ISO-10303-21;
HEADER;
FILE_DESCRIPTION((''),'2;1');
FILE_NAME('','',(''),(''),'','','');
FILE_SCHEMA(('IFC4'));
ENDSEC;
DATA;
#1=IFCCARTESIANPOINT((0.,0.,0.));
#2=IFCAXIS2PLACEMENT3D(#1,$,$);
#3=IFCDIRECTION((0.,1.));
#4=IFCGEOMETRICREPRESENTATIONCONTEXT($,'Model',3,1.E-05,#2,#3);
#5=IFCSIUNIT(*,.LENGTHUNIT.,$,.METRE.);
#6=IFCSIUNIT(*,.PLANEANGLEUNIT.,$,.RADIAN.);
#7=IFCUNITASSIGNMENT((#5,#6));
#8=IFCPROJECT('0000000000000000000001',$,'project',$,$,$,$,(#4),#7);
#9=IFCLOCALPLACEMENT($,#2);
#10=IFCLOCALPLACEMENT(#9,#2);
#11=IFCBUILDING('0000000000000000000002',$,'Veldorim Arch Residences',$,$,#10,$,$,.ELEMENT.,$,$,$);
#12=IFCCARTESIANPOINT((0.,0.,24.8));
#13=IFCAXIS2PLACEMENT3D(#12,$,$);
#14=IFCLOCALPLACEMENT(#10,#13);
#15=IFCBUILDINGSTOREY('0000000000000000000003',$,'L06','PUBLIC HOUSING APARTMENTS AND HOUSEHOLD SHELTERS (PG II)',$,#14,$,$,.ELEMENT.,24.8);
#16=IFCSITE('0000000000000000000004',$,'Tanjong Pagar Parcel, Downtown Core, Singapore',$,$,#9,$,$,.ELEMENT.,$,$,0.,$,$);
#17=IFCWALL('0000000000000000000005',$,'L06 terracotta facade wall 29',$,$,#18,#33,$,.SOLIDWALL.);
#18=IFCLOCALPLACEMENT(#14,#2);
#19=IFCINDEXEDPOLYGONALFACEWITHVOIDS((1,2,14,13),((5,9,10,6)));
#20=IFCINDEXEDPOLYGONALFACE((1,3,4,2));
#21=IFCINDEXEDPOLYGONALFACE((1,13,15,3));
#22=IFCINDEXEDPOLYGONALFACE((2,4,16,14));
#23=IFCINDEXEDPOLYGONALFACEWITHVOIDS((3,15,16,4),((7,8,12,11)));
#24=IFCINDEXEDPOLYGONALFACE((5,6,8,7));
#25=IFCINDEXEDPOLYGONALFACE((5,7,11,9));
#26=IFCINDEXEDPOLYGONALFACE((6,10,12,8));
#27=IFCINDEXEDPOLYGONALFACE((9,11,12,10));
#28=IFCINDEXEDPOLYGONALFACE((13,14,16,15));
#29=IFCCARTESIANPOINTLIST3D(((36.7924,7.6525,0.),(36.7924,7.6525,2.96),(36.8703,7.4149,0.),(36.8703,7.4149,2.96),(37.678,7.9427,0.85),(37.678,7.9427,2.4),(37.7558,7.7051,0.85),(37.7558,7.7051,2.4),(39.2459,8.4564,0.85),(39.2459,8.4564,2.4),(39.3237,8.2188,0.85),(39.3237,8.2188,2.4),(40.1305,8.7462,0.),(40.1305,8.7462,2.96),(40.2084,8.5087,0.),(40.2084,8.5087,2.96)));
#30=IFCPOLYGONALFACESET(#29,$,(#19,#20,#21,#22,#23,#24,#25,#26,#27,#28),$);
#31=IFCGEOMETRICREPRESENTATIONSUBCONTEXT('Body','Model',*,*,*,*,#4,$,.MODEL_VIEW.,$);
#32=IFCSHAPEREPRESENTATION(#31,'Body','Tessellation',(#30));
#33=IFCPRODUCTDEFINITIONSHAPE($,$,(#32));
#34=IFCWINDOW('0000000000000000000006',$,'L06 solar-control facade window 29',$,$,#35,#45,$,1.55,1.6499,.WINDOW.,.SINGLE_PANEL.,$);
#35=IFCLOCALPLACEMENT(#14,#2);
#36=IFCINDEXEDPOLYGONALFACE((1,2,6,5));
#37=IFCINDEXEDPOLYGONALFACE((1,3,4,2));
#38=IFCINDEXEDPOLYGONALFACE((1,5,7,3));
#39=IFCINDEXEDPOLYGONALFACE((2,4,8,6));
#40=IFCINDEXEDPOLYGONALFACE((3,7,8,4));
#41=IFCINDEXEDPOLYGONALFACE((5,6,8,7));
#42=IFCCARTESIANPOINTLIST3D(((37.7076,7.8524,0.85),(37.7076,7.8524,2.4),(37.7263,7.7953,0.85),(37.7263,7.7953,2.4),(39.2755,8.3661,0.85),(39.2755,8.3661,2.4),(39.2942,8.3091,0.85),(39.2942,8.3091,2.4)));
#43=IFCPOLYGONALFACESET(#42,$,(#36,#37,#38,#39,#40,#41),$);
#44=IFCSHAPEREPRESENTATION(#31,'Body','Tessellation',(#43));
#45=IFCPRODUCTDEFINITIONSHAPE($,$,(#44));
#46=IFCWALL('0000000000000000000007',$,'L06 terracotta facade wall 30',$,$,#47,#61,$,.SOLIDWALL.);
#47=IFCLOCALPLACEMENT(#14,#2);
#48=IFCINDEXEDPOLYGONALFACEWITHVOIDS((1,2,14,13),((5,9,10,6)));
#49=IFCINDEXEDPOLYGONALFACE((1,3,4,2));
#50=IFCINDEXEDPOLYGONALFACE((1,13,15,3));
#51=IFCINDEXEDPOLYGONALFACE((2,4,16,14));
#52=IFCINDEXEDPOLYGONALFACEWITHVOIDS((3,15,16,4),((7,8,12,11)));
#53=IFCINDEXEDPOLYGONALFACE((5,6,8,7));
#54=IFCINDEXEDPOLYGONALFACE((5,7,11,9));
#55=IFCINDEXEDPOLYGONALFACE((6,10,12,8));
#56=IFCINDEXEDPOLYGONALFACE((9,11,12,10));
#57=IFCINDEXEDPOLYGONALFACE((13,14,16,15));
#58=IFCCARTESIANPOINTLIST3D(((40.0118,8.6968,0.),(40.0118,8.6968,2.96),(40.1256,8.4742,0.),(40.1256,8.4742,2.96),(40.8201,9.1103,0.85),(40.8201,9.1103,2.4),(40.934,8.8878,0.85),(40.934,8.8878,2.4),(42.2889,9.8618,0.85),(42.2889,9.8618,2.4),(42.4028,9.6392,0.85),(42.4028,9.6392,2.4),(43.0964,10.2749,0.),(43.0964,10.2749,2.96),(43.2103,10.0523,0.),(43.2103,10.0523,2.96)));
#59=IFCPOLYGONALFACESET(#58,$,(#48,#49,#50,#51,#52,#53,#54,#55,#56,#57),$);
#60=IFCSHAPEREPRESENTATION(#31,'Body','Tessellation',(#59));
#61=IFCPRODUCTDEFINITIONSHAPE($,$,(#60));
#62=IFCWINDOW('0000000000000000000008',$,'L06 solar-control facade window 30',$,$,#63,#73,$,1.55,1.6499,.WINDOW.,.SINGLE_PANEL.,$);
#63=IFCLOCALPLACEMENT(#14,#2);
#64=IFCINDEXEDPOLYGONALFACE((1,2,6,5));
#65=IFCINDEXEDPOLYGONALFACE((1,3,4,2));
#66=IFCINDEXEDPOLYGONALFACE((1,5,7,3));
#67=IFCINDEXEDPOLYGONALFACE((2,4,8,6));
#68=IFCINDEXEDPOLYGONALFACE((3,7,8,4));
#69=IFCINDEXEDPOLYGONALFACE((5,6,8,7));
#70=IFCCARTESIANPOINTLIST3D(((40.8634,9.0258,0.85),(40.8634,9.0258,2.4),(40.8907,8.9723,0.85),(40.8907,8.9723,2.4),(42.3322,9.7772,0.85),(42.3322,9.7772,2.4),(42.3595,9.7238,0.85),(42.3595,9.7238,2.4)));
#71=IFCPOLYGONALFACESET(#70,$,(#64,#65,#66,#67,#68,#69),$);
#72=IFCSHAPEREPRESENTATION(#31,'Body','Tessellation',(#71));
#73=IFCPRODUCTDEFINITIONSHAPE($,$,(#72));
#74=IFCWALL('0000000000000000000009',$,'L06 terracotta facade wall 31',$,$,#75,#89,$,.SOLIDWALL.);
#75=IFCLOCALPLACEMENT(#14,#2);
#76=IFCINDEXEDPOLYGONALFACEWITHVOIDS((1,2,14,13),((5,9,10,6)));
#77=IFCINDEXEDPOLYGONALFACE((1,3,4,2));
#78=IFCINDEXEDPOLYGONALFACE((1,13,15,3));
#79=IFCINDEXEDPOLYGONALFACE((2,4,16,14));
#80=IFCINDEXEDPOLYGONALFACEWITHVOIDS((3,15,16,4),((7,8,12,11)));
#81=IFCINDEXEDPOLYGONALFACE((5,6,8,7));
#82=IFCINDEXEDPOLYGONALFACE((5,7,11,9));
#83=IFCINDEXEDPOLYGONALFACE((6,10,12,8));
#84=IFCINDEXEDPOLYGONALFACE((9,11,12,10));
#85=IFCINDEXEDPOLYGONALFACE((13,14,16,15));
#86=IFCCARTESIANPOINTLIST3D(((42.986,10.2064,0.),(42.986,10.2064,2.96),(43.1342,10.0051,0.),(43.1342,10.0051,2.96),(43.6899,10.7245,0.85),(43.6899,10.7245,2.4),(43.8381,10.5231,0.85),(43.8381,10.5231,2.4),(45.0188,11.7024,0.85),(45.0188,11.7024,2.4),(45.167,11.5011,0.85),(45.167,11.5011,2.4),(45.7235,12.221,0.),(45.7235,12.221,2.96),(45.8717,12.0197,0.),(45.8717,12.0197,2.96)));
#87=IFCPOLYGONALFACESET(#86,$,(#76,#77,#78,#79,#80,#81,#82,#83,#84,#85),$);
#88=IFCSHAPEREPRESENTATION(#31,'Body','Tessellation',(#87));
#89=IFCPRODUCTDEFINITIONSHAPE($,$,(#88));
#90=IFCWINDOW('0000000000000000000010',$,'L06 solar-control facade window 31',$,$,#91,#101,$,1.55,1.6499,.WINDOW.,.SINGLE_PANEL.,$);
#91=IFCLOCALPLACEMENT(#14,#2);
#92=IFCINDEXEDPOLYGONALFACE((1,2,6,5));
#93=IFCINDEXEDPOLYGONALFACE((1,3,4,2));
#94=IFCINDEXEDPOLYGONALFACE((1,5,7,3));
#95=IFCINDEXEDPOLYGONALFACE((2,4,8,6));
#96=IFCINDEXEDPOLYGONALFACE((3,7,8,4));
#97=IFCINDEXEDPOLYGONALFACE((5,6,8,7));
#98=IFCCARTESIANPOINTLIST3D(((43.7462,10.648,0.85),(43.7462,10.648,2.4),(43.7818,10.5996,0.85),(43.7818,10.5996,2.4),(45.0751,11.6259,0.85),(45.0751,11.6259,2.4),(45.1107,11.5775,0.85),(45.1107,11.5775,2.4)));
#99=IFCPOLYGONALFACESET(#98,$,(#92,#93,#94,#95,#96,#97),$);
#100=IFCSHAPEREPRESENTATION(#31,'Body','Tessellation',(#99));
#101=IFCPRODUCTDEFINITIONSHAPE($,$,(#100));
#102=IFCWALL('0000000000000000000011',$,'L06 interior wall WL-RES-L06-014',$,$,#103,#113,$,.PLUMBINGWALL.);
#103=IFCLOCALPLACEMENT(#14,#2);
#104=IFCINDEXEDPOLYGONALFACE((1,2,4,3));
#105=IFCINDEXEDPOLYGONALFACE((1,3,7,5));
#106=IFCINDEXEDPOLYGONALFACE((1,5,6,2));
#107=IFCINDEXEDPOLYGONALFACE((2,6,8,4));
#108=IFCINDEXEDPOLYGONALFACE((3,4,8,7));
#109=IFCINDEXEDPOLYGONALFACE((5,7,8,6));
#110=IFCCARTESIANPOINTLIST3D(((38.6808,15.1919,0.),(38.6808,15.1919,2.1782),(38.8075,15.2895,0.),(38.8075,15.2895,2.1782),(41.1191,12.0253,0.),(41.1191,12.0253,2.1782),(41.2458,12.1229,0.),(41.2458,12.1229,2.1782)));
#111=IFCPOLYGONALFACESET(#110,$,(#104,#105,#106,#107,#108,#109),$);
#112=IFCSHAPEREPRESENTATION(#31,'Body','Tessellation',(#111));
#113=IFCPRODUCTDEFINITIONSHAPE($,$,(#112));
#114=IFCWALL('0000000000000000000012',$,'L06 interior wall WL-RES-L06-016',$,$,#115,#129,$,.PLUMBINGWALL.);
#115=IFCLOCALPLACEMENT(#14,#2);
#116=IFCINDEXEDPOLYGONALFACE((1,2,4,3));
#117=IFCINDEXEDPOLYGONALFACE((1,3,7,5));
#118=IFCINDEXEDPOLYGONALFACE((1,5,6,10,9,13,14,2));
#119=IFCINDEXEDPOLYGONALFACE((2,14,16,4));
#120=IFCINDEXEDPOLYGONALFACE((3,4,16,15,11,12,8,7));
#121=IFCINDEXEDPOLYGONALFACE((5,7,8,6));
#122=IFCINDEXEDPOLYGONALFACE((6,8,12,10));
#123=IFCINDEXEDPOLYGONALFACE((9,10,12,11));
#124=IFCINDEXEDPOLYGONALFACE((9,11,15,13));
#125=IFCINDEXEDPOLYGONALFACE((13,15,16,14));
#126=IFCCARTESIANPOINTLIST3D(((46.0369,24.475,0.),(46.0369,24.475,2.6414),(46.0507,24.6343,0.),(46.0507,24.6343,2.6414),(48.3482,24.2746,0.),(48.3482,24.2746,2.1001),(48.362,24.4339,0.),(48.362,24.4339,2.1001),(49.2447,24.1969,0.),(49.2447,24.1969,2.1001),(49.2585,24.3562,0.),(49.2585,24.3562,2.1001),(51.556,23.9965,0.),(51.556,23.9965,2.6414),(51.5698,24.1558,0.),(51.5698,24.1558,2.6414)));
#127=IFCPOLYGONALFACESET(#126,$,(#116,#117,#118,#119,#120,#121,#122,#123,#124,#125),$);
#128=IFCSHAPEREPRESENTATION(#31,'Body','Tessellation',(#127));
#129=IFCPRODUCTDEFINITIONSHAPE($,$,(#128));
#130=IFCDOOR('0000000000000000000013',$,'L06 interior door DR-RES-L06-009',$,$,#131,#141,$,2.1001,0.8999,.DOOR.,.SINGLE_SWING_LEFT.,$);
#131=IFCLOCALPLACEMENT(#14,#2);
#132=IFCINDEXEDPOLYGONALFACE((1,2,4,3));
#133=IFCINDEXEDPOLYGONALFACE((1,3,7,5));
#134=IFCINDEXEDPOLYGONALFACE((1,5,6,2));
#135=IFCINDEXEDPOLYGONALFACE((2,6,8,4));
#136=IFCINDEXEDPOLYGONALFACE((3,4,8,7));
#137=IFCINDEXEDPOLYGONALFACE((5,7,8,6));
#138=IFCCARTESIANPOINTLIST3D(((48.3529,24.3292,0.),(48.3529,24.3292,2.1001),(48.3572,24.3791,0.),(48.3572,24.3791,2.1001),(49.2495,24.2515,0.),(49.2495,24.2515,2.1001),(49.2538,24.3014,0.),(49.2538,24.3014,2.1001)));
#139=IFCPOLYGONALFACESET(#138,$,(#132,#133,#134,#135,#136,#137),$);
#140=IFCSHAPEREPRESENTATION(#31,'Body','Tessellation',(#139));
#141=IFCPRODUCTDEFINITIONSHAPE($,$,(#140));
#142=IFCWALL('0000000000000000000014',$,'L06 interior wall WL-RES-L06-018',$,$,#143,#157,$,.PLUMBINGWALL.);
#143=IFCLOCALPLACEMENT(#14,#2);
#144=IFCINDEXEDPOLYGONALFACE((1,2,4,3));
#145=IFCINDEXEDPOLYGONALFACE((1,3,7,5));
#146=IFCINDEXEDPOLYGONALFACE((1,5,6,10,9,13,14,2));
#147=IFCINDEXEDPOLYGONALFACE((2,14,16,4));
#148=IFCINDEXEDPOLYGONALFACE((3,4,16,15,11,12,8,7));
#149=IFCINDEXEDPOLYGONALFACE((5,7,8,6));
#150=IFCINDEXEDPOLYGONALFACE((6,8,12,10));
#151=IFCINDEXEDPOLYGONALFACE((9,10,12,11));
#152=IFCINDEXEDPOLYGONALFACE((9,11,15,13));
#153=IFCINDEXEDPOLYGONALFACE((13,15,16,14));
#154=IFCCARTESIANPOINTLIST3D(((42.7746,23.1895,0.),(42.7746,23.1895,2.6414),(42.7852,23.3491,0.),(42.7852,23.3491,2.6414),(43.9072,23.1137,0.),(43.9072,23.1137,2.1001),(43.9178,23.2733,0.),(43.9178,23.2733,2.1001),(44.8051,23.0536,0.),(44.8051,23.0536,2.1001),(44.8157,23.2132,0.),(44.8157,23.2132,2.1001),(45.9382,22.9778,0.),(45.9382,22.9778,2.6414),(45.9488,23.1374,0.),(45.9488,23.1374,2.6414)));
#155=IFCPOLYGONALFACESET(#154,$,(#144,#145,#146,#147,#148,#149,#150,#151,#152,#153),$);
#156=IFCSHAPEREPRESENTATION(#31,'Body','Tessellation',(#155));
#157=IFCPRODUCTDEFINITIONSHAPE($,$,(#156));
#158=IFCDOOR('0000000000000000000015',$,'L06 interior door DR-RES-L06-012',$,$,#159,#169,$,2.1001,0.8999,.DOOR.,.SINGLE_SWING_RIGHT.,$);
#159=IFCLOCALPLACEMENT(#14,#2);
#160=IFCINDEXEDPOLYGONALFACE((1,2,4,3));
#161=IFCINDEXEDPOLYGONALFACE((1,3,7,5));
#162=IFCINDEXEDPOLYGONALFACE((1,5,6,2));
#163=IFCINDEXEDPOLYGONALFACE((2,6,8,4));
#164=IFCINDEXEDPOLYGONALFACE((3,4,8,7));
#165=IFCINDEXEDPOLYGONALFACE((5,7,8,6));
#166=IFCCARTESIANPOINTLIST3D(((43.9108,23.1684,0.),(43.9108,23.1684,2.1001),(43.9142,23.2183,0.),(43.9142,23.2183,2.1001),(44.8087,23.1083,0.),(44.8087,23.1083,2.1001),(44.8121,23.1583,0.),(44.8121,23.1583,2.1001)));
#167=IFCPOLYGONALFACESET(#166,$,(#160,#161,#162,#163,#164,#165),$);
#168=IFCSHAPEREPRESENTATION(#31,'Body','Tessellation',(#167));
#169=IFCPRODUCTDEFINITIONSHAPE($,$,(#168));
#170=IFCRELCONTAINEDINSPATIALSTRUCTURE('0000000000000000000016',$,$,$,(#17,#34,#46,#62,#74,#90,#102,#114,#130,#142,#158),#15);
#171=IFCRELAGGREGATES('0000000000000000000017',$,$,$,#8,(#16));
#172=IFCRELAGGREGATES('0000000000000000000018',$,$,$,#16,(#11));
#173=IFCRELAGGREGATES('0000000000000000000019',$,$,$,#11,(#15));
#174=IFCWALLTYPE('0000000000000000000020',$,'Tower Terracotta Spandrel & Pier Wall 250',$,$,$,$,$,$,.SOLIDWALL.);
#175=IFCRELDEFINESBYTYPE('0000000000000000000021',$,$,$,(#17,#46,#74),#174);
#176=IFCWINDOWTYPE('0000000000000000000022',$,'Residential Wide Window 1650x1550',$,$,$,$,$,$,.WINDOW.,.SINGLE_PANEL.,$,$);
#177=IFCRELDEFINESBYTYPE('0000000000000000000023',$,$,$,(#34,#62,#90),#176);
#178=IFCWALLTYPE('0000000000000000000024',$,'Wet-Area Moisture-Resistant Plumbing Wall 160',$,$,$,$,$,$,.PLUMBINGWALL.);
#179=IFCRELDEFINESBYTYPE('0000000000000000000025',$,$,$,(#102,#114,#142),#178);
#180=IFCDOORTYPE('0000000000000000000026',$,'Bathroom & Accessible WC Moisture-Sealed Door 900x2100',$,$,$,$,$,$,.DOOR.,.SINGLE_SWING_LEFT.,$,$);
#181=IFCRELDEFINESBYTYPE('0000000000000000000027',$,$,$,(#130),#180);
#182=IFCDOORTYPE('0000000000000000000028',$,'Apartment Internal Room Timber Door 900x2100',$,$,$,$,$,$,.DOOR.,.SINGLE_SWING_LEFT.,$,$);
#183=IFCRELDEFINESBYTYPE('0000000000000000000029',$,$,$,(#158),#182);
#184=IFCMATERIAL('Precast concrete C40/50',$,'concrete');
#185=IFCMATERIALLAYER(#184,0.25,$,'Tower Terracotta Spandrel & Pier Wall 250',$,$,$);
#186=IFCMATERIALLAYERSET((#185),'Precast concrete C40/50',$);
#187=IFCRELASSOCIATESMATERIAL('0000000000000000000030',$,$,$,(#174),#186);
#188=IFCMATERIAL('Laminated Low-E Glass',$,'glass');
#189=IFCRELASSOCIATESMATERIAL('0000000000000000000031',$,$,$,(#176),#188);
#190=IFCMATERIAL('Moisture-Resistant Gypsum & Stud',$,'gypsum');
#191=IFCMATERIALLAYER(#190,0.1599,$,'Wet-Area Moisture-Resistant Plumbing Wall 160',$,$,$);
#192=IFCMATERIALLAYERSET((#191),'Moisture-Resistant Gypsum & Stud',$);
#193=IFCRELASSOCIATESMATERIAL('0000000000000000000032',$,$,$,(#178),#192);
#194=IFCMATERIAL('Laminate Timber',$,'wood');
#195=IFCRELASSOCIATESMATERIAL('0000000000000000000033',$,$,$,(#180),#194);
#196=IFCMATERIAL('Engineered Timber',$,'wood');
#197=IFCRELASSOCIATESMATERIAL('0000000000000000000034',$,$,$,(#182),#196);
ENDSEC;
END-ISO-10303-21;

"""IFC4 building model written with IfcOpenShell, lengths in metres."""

from ifc_helpers import new_model, si_unit, direction, frame, frame_2d, origin, place, context, subcontext, project, spatial, rectangle, extrude, material, layer, layer_set, type_object, element, fill, save


model = new_model("IFC4")

# Units and contexts
model_context = context("Model", 3, precision=1e-05, world=origin(), true_north=direction((0.0, 1.0)))
body_context = subcontext(model_context, "Body", "Model", "MODEL_VIEW")
ifc_project = project(units=[si_unit("LENGTHUNIT", "METRE"), si_unit("PLANEANGLEUNIT", "RADIAN")], contexts=[model_context])

# Site, building, storey
site_placement = place(None, origin())
site = spatial("IfcSite", under=ifc_project, at=site_placement, Name="Tanjong Pagar Parcel, Downtown Core, Singapore", CompositionType="ELEMENT", RefElevation=0.0)
building_placement = place(site_placement, origin())
building = spatial("IfcBuilding", under=site, at=building_placement, Name="Veldorim Arch Residences", CompositionType="ELEMENT")
storey_placement = place(building_placement, frame((0.0, 0.0, 24.8)))
storey = spatial("IfcBuildingStorey", under=building, at=storey_placement, Name="L06", Description="PUBLIC HOUSING APARTMENTS AND HOUSEHOLD SHELTERS (PG II)", CompositionType="ELEMENT", Elevation=24.8)

# Walls, openings, windows
ifc_material_1 = material(Name="Precast concrete C40/50", Category="concrete")
ifc_layer_1 = layer(ifc_material_1, 0.25, Name="Tower Terracotta Spandrel & Pier Wall 250")
ifc_layer_set_1 = layer_set([ifc_layer_1], Name="Precast concrete C40/50")
wall_type_1 = type_object("IfcWallType", Name="Tower Terracotta Spandrel & Pier Wall 250", PredefinedType="SOLIDWALL", material=ifc_layer_set_1)
wall_1_placement = place(storey_placement, frame((40.1694, 8.6274, 0.0), z_axis=(0.0, 0.0, 1.0), x_axis=(-0.95029, -0.311365, 0.0)))
wall_1 = element("IfcWall", 1, at=wall_1_placement, inside=storey, type_object=wall_type_1, Name="L06 terracotta facade wall 29", PredefinedType="SOLIDWALL", context=body_context, shape_type="SweptSolid", body=[
    extrude(rectangle(XDim=3.5127, YDim=0.25, at=frame_2d((1.7563, 0.0))), origin(), (0.0, 0.0, 1.0), 2.96),
])
opening_1_placement = place(wall_1_placement, frame((0.9309, 0.0, 0.8501)))
opening_1 = element("IfcOpeningElement", 2, at=opening_1_placement, cuts=wall_1, PredefinedType="OPENING", context=body_context, shape_type="SweptSolid", body=[
    extrude(rectangle(XDim=1.6499, YDim=1.55, at=frame_2d((0.825, 0.7749))), frame((0.0, 0.135, 0.0), z_axis=(0.0, -1.0, 0.0), x_axis=(1.0, 0.0, 0.0)), (0.0, 0.0, 1.0), 0.27),
])
ifc_material_2 = material(Name="Laminated Low-E Glass", Category="glass")
window_type = type_object("IfcWindowType", Name="Residential Wide Window 1650x1550", PartitioningType="SINGLE_PANEL", PredefinedType="WINDOW", material=ifc_material_2)
window_1_placement = place(opening_1_placement, origin())
window_1 = element("IfcWindow", 3, at=window_1_placement, inside=storey, type_object=window_type, Name="L06 solar-control facade window 29", OverallHeight=1.55, OverallWidth=1.6499, PartitioningType="SINGLE_PANEL", PredefinedType="WINDOW", context=body_context, shape_type="SweptSolid", body=[
    extrude(rectangle(XDim=1.6499, YDim=1.55, at=frame_2d((0.825, 0.7749))), frame((0.0, 0.03, 0.0), z_axis=(0.0, -1.0, 0.0), x_axis=(1.0, 0.0, 0.0)), (0.0, 0.0, 1.0), 0.0601),
])
fill(opening_1, window_1)
wall_2_placement = place(storey_placement, frame((43.1533, 10.1636, 0.0), z_axis=(0.0, 0.0, 1.0), x_axis=(-0.89026, -0.455452, 0.0)))
wall_2 = element("IfcWall", 4, at=wall_2_placement, inside=storey, type_object=wall_type_1, Name="L06 terracotta facade wall 30", PredefinedType="SOLIDWALL", context=body_context, shape_type="SweptSolid", body=[
    extrude(rectangle(XDim=3.4648, YDim=0.25, at=frame_2d((1.7324, 0.0))), origin(), (0.0, 0.0, 1.0), 2.96),
])
opening_2_placement = place(wall_2_placement, frame((0.907, 0.0, 0.8501)))
opening_2 = element("IfcOpeningElement", 5, at=opening_2_placement, cuts=wall_2, PredefinedType="OPENING", context=body_context, shape_type="SweptSolid", body=[
    extrude(rectangle(XDim=1.6499, YDim=1.55, at=frame_2d((0.825, 0.7749))), frame((0.0, 0.135, 0.0), z_axis=(0.0, -1.0, 0.0), x_axis=(1.0, 0.0, 0.0)), (0.0, 0.0, 1.0), 0.27),
])
window_2_placement = place(opening_2_placement, origin())
window_2 = element("IfcWindow", 6, at=window_2_placement, inside=storey, type_object=window_type, Name="L06 solar-control facade window 30", OverallHeight=1.55, OverallWidth=1.6499, PartitioningType="SINGLE_PANEL", PredefinedType="WINDOW", context=body_context, shape_type="SweptSolid", body=[
    extrude(rectangle(XDim=1.6499, YDim=1.55, at=frame_2d((0.825, 0.7749))), frame((0.0, 0.03, 0.0), z_axis=(0.0, -1.0, 0.0), x_axis=(1.0, 0.0, 0.0)), (0.0, 0.0, 1.0), 0.0601),
])
fill(opening_2, window_2)
wall_3_placement = place(storey_placement, frame((45.7976, 12.1204, 0.0), z_axis=(0.0, 0.0, 1.0), x_axis=(-0.805406, -0.592724, 0.0)))
wall_3 = element("IfcWall", 7, at=wall_3_placement, inside=storey, type_object=wall_type_1, Name="L06 terracotta facade wall 31", PredefinedType="SOLIDWALL", context=body_context, shape_type="SweptSolid", body=[
    extrude(rectangle(XDim=3.3989, YDim=0.25, at=frame_2d((1.6995, 0.0))), origin(), (0.0, 0.0, 1.0), 2.96),
])
opening_3_placement = place(wall_3_placement, frame((0.875, 0.0, 0.8501)))
opening_3 = element("IfcOpeningElement", 8, at=opening_3_placement, cuts=wall_3, PredefinedType="OPENING", context=body_context, shape_type="SweptSolid", body=[
    extrude(rectangle(XDim=1.6499, YDim=1.55, at=frame_2d((0.825, 0.7749))), frame((0.0, 0.135, 0.0), z_axis=(0.0, -1.0, 0.0), x_axis=(1.0, 0.0, 0.0)), (0.0, 0.0, 1.0), 0.27),
])
window_3_placement = place(opening_3_placement, origin())
window_3 = element("IfcWindow", 9, at=window_3_placement, inside=storey, type_object=window_type, Name="L06 solar-control facade window 31", OverallHeight=1.55, OverallWidth=1.6499, PartitioningType="SINGLE_PANEL", PredefinedType="WINDOW", context=body_context, shape_type="SweptSolid", body=[
    extrude(rectangle(XDim=1.6499, YDim=1.55, at=frame_2d((0.825, 0.7749))), frame((0.0, 0.03, 0.0), z_axis=(0.0, -1.0, 0.0), x_axis=(1.0, 0.0, 0.0)), (0.0, 0.0, 1.0), 0.0601),
])
fill(opening_3, window_3)

# Wall
ifc_material_3 = material(Name="Moisture-Resistant Gypsum & Stud", Category="gypsum")
ifc_layer_2 = layer(ifc_material_3, 0.1599, Name="Wet-Area Moisture-Resistant Plumbing Wall 160")
ifc_layer_set_2 = layer_set([ifc_layer_2], Name="Moisture-Resistant Gypsum & Stud")
wall_type_2 = type_object("IfcWallType", Name="Wet-Area Moisture-Resistant Plumbing Wall 160", PredefinedType="PLUMBINGWALL", material=ifc_layer_set_2)
wall_4_placement = place(storey_placement, frame((38.7441, 15.2407, 0.0), z_axis=(0.0, 0.0, 1.0), x_axis=(0.610097, -0.792326, 0.0)))
element("IfcWall", 10, at=wall_4_placement, inside=storey, type_object=wall_type_2, Name="L06 interior wall WL-RES-L06-014", PredefinedType="PLUMBINGWALL", context=body_context, shape_type="SweptSolid", body=[
    extrude(rectangle(XDim=3.9966, YDim=0.1599, at=frame_2d((1.9983, 0.0))), origin(), (0.0, 0.0, 1.0), 2.1782),
])

# Walls, openings, doors
wall_5_placement = place(storey_placement, frame((46.0437, 24.5547, 0.0), z_axis=(0.0, 0.0, 1.0), x_axis=(0.996262, -0.086379, 0.0)))
wall_5 = element("IfcWall", 11, at=wall_5_placement, inside=storey, type_object=wall_type_2, Name="L06 interior wall WL-RES-L06-016", PredefinedType="PLUMBINGWALL", context=body_context, shape_type="SweptSolid", body=[
    extrude(rectangle(XDim=5.5398, YDim=0.1599, at=frame_2d((2.77, 0.0))), origin(), (0.0, 0.0, 1.0), 2.6414),
])
opening_4_placement = place(wall_5_placement, frame((2.3201, 0.0, 0.0)))
opening_4 = element("IfcOpeningElement", 12, at=opening_4_placement, cuts=wall_5, PredefinedType="OPENING", context=body_context, shape_type="SweptSolid", body=[
    extrude(rectangle(XDim=0.8999, YDim=2.1001, at=frame_2d((0.45, 1.05))), frame((0.0, 0.0898, 0.0), z_axis=(0.0, -1.0, 0.0), x_axis=(1.0, 0.0, 0.0)), (0.0, 0.0, 1.0), 0.1799),
])
ifc_material_4 = material(Name="Laminate Timber", Category="wood")
door_type_1 = type_object("IfcDoorType", Name="Bathroom & Accessible WC Moisture-Sealed Door 900x2100", OperationType="SINGLE_SWING_LEFT", PredefinedType="DOOR", material=ifc_material_4)
door_1_placement = place(opening_4_placement, origin())
door_1 = element("IfcDoor", 13, at=door_1_placement, inside=storey, type_object=door_type_1, Name="L06 interior door DR-RES-L06-009", OperationType="SINGLE_SWING_LEFT", OverallHeight=2.1001, OverallWidth=0.8999, PredefinedType="DOOR", context=body_context, shape_type="SweptSolid", body=[
    extrude(rectangle(XDim=0.8999, YDim=2.1001, at=frame_2d((0.45, 1.05))), frame((0.0, 0.0249, 0.0), z_axis=(0.0, -1.0, 0.0), x_axis=(1.0, 0.0, 0.0)), (0.0, 0.0, 1.0), 0.05),
])
fill(opening_4, door_1)
wall_6_placement = place(storey_placement, frame((42.7798, 23.2693, 0.0), z_axis=(0.0, 0.0, 1.0), x_axis=(0.997769, -0.066759, 0.0)))
wall_6 = element("IfcWall", 14, at=wall_6_placement, inside=storey, type_object=wall_type_2, Name="L06 interior wall WL-RES-L06-018", PredefinedType="PLUMBINGWALL", context=body_context, shape_type="SweptSolid", body=[
    extrude(rectangle(XDim=3.1707, YDim=0.1599, at=frame_2d((1.5854, 0.0))), origin(), (0.0, 0.0, 1.0), 2.6414),
])
opening_5_placement = place(wall_6_placement, frame((1.1353, 0.0, 0.0)))
opening_5 = element("IfcOpeningElement", 15, at=opening_5_placement, cuts=wall_6, PredefinedType="OPENING", context=body_context, shape_type="SweptSolid", body=[
    extrude(rectangle(XDim=0.8999, YDim=2.1001, at=frame_2d((0.45, 1.05))), frame((0.0, 0.0898, 0.0), z_axis=(0.0, -1.0, 0.0), x_axis=(1.0, 0.0, 0.0)), (0.0, 0.0, 1.0), 0.1799),
])
ifc_material_5 = material(Name="Engineered Timber", Category="wood")
door_type_2 = type_object("IfcDoorType", Name="Apartment Internal Room Timber Door 900x2100", OperationType="SINGLE_SWING_LEFT", PredefinedType="DOOR", material=ifc_material_5)
door_2_placement = place(opening_5_placement, origin())
door_2 = element("IfcDoor", 16, at=door_2_placement, inside=storey, type_object=door_type_2, Name="L06 interior door DR-RES-L06-012", OperationType="SINGLE_SWING_RIGHT", OverallHeight=2.1001, OverallWidth=0.8999, PredefinedType="DOOR", context=body_context, shape_type="SweptSolid", body=[
    extrude(rectangle(XDim=0.8999, YDim=2.1001, at=frame_2d((0.45, 1.05))), frame((0.0, 0.0249, 0.0), z_axis=(0.0, -1.0, 0.0), x_axis=(1.0, 0.0, 0.0)), (0.0, 0.0, 1.0), 0.05),
])
fill(opening_5, door_2)

save(model, "model.ifc")
